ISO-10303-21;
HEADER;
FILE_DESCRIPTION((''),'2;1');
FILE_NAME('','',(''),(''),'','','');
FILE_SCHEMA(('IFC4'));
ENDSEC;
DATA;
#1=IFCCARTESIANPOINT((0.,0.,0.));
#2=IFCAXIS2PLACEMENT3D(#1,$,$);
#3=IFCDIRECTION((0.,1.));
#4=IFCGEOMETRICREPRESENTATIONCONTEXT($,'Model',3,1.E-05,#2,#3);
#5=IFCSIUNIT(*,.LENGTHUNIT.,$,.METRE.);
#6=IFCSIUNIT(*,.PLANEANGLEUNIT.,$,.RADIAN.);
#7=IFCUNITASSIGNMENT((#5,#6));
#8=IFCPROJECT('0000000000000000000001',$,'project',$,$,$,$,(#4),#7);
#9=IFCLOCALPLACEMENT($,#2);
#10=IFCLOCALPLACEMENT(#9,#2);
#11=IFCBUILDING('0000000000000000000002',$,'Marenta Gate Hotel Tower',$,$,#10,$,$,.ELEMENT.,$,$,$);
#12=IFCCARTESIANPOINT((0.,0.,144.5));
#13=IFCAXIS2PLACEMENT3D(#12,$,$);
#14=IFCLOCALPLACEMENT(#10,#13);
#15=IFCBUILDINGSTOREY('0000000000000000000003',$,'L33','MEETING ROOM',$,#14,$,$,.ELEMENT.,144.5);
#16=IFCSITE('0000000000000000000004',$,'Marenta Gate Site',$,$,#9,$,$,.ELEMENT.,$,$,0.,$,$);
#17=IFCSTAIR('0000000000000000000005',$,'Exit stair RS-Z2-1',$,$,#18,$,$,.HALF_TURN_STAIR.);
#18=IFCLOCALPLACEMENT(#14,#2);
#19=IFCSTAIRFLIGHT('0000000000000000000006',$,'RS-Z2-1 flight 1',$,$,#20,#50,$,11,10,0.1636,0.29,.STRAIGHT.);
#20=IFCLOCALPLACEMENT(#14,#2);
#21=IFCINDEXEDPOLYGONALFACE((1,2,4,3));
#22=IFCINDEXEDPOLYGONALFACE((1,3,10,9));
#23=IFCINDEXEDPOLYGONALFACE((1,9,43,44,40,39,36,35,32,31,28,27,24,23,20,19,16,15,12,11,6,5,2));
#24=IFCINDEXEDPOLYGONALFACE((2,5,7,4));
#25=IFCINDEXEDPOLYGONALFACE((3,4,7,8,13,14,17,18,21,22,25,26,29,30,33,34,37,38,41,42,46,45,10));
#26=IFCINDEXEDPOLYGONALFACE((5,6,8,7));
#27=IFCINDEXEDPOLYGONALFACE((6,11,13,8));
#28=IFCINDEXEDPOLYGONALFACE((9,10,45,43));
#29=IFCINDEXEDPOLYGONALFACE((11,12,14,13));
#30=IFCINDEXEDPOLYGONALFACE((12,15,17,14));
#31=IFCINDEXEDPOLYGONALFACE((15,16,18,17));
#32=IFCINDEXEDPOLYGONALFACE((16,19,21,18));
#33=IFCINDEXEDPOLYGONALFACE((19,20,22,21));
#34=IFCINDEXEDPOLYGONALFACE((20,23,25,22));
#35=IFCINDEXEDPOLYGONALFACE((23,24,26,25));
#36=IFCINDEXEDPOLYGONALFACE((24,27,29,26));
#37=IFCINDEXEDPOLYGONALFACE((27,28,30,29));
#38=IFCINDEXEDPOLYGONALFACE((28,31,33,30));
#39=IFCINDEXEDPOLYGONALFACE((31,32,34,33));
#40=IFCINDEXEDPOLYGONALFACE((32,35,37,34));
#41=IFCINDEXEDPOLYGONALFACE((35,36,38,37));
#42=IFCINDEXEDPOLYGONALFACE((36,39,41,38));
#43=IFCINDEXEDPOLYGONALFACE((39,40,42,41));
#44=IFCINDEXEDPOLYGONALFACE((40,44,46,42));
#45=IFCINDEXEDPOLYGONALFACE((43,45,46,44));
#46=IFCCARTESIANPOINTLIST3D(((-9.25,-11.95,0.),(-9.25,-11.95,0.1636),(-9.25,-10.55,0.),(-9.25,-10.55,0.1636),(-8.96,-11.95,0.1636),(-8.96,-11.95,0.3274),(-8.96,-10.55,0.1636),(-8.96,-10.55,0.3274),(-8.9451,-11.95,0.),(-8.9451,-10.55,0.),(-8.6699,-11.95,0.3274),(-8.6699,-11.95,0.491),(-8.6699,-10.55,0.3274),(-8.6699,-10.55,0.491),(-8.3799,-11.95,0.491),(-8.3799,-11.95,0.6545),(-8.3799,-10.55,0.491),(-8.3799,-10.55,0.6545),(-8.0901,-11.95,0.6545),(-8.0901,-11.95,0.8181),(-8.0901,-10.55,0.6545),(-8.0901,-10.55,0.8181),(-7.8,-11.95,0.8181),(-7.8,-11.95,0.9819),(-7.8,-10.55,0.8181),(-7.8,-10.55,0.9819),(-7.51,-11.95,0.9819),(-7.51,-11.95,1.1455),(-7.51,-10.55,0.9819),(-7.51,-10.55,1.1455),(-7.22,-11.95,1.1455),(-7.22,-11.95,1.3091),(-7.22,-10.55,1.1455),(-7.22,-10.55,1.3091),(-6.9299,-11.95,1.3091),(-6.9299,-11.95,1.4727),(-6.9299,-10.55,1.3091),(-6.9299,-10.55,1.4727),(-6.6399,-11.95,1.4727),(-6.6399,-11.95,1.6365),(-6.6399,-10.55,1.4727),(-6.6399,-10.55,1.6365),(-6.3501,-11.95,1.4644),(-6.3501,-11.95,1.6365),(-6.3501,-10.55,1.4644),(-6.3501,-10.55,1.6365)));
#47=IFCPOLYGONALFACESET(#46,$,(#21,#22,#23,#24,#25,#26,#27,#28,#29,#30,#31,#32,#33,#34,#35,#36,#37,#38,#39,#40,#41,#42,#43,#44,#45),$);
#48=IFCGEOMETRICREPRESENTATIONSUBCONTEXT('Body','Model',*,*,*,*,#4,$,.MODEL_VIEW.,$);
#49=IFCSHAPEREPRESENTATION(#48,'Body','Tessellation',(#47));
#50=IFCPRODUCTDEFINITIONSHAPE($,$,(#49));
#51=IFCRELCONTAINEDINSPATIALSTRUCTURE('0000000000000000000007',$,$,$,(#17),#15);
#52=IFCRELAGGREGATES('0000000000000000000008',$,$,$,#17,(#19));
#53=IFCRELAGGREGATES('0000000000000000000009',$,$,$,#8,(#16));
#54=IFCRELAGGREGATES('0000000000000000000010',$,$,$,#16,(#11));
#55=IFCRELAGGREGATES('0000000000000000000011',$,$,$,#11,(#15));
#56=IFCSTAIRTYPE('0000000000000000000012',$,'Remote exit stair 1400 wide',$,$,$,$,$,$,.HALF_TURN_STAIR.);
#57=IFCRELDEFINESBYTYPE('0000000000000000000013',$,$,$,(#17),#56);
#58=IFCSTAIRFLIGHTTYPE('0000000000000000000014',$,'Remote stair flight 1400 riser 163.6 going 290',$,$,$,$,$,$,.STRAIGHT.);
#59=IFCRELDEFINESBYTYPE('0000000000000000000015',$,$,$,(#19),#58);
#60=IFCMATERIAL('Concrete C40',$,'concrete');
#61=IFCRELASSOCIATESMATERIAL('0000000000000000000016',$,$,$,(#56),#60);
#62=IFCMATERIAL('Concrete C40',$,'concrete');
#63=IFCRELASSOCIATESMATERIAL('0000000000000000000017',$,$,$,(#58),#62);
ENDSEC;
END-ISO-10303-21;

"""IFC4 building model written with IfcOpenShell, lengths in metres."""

from ifc_helpers import new_model, si_unit, direction, frame, origin, place, context, subcontext, project, spatial, polyline, outline, extrude, material, type_object, element, aggregate, save


model = new_model("IFC4")

# Units and contexts
model_context = context("Model", 3, precision=1e-05, world=origin(), true_north=direction((0.0, 1.0)))
body_context = subcontext(model_context, "Body", "Model", "MODEL_VIEW")
ifc_project = project(units=[si_unit("LENGTHUNIT", "METRE"), si_unit("PLANEANGLEUNIT", "RADIAN")], contexts=[model_context])

# Site, building, storey
site_placement = place(None, origin())
site = spatial("IfcSite", under=ifc_project, at=site_placement, Name="Marenta Gate Site", CompositionType="ELEMENT", RefElevation=0.0)
building_placement = place(site_placement, origin())
building = spatial("IfcBuilding", under=site, at=building_placement, Name="Marenta Gate Hotel Tower", CompositionType="ELEMENT")
storey_placement = place(building_placement, frame((0.0, 0.0, 144.5)))
storey = spatial("IfcBuildingStorey", under=building, at=storey_placement, Name="L33", Description="MEETING ROOM", CompositionType="ELEMENT", Elevation=144.5)

# Stair, stair flight
ifc_material_1 = material(Name="Concrete C40", Category="concrete")
stair_type = type_object("IfcStairType", Name="Remote exit stair 1400 wide", PredefinedType="HALF_TURN_STAIR", material=ifc_material_1)
stair_placement = place(storey_placement, origin())
stair = element("IfcStair", 1, at=stair_placement, inside=storey, type_object=stair_type, Name="Exit stair RS-Z2-1", PredefinedType="HALF_TURN_STAIR")
ifc_material_2 = material(Name="Concrete C40", Category="concrete")
stair_flight_type = type_object("IfcStairFlightType", Name="Remote stair flight 1400 riser 163.6 going 290", PredefinedType="STRAIGHT", material=ifc_material_2)
stair_flight_placement = place(storey_placement, frame((-9.25, -11.25, 0.0), z_axis=(0.0, 0.0, 1.0), x_axis=(1.0, 0.0, 0.0)))
stair_flight = element("IfcStairFlight", 2, at=stair_flight_placement, type_object=stair_flight_type, Name="RS-Z2-1 flight 1", NumberOfRisers=11, NumberOfTreads=10, PredefinedType="STRAIGHT", RiserHeight=0.1636, TreadLength=0.29, context=body_context, shape_type="SweptSolid", body=[
    extrude(outline(polyline([(0.0, 0.0), (0.0, 0.1636), (0.29, 0.1636), (0.29, 0.3274), (0.5801, 0.3274), (0.5801, 0.491), (0.8701, 0.491), (0.8701, 0.6545), (1.1599, 0.6545), (1.1599, 0.8181), (1.45, 0.8181), (1.45, 0.9819), (1.74, 0.9819), (1.74, 1.1455), (2.03, 1.1455), (2.03, 1.3091), (2.3201, 1.3091), (2.3201, 1.4727), (2.6101, 1.4727), (2.6101, 1.6365), (2.8999, 1.6365), (2.8999, 1.8), (2.8999, 1.4644), (0.3049, 0.0), (0.0, 0.0)])), frame((0.0, 0.7, 0.0), z_axis=(0.0, -1.0, 0.0), x_axis=(1.0, 0.0, 0.0)), (0.0, 0.0, 1.0), 1.3999),
])
aggregate(stair, [stair_flight])

save(model, "model.ifc")
